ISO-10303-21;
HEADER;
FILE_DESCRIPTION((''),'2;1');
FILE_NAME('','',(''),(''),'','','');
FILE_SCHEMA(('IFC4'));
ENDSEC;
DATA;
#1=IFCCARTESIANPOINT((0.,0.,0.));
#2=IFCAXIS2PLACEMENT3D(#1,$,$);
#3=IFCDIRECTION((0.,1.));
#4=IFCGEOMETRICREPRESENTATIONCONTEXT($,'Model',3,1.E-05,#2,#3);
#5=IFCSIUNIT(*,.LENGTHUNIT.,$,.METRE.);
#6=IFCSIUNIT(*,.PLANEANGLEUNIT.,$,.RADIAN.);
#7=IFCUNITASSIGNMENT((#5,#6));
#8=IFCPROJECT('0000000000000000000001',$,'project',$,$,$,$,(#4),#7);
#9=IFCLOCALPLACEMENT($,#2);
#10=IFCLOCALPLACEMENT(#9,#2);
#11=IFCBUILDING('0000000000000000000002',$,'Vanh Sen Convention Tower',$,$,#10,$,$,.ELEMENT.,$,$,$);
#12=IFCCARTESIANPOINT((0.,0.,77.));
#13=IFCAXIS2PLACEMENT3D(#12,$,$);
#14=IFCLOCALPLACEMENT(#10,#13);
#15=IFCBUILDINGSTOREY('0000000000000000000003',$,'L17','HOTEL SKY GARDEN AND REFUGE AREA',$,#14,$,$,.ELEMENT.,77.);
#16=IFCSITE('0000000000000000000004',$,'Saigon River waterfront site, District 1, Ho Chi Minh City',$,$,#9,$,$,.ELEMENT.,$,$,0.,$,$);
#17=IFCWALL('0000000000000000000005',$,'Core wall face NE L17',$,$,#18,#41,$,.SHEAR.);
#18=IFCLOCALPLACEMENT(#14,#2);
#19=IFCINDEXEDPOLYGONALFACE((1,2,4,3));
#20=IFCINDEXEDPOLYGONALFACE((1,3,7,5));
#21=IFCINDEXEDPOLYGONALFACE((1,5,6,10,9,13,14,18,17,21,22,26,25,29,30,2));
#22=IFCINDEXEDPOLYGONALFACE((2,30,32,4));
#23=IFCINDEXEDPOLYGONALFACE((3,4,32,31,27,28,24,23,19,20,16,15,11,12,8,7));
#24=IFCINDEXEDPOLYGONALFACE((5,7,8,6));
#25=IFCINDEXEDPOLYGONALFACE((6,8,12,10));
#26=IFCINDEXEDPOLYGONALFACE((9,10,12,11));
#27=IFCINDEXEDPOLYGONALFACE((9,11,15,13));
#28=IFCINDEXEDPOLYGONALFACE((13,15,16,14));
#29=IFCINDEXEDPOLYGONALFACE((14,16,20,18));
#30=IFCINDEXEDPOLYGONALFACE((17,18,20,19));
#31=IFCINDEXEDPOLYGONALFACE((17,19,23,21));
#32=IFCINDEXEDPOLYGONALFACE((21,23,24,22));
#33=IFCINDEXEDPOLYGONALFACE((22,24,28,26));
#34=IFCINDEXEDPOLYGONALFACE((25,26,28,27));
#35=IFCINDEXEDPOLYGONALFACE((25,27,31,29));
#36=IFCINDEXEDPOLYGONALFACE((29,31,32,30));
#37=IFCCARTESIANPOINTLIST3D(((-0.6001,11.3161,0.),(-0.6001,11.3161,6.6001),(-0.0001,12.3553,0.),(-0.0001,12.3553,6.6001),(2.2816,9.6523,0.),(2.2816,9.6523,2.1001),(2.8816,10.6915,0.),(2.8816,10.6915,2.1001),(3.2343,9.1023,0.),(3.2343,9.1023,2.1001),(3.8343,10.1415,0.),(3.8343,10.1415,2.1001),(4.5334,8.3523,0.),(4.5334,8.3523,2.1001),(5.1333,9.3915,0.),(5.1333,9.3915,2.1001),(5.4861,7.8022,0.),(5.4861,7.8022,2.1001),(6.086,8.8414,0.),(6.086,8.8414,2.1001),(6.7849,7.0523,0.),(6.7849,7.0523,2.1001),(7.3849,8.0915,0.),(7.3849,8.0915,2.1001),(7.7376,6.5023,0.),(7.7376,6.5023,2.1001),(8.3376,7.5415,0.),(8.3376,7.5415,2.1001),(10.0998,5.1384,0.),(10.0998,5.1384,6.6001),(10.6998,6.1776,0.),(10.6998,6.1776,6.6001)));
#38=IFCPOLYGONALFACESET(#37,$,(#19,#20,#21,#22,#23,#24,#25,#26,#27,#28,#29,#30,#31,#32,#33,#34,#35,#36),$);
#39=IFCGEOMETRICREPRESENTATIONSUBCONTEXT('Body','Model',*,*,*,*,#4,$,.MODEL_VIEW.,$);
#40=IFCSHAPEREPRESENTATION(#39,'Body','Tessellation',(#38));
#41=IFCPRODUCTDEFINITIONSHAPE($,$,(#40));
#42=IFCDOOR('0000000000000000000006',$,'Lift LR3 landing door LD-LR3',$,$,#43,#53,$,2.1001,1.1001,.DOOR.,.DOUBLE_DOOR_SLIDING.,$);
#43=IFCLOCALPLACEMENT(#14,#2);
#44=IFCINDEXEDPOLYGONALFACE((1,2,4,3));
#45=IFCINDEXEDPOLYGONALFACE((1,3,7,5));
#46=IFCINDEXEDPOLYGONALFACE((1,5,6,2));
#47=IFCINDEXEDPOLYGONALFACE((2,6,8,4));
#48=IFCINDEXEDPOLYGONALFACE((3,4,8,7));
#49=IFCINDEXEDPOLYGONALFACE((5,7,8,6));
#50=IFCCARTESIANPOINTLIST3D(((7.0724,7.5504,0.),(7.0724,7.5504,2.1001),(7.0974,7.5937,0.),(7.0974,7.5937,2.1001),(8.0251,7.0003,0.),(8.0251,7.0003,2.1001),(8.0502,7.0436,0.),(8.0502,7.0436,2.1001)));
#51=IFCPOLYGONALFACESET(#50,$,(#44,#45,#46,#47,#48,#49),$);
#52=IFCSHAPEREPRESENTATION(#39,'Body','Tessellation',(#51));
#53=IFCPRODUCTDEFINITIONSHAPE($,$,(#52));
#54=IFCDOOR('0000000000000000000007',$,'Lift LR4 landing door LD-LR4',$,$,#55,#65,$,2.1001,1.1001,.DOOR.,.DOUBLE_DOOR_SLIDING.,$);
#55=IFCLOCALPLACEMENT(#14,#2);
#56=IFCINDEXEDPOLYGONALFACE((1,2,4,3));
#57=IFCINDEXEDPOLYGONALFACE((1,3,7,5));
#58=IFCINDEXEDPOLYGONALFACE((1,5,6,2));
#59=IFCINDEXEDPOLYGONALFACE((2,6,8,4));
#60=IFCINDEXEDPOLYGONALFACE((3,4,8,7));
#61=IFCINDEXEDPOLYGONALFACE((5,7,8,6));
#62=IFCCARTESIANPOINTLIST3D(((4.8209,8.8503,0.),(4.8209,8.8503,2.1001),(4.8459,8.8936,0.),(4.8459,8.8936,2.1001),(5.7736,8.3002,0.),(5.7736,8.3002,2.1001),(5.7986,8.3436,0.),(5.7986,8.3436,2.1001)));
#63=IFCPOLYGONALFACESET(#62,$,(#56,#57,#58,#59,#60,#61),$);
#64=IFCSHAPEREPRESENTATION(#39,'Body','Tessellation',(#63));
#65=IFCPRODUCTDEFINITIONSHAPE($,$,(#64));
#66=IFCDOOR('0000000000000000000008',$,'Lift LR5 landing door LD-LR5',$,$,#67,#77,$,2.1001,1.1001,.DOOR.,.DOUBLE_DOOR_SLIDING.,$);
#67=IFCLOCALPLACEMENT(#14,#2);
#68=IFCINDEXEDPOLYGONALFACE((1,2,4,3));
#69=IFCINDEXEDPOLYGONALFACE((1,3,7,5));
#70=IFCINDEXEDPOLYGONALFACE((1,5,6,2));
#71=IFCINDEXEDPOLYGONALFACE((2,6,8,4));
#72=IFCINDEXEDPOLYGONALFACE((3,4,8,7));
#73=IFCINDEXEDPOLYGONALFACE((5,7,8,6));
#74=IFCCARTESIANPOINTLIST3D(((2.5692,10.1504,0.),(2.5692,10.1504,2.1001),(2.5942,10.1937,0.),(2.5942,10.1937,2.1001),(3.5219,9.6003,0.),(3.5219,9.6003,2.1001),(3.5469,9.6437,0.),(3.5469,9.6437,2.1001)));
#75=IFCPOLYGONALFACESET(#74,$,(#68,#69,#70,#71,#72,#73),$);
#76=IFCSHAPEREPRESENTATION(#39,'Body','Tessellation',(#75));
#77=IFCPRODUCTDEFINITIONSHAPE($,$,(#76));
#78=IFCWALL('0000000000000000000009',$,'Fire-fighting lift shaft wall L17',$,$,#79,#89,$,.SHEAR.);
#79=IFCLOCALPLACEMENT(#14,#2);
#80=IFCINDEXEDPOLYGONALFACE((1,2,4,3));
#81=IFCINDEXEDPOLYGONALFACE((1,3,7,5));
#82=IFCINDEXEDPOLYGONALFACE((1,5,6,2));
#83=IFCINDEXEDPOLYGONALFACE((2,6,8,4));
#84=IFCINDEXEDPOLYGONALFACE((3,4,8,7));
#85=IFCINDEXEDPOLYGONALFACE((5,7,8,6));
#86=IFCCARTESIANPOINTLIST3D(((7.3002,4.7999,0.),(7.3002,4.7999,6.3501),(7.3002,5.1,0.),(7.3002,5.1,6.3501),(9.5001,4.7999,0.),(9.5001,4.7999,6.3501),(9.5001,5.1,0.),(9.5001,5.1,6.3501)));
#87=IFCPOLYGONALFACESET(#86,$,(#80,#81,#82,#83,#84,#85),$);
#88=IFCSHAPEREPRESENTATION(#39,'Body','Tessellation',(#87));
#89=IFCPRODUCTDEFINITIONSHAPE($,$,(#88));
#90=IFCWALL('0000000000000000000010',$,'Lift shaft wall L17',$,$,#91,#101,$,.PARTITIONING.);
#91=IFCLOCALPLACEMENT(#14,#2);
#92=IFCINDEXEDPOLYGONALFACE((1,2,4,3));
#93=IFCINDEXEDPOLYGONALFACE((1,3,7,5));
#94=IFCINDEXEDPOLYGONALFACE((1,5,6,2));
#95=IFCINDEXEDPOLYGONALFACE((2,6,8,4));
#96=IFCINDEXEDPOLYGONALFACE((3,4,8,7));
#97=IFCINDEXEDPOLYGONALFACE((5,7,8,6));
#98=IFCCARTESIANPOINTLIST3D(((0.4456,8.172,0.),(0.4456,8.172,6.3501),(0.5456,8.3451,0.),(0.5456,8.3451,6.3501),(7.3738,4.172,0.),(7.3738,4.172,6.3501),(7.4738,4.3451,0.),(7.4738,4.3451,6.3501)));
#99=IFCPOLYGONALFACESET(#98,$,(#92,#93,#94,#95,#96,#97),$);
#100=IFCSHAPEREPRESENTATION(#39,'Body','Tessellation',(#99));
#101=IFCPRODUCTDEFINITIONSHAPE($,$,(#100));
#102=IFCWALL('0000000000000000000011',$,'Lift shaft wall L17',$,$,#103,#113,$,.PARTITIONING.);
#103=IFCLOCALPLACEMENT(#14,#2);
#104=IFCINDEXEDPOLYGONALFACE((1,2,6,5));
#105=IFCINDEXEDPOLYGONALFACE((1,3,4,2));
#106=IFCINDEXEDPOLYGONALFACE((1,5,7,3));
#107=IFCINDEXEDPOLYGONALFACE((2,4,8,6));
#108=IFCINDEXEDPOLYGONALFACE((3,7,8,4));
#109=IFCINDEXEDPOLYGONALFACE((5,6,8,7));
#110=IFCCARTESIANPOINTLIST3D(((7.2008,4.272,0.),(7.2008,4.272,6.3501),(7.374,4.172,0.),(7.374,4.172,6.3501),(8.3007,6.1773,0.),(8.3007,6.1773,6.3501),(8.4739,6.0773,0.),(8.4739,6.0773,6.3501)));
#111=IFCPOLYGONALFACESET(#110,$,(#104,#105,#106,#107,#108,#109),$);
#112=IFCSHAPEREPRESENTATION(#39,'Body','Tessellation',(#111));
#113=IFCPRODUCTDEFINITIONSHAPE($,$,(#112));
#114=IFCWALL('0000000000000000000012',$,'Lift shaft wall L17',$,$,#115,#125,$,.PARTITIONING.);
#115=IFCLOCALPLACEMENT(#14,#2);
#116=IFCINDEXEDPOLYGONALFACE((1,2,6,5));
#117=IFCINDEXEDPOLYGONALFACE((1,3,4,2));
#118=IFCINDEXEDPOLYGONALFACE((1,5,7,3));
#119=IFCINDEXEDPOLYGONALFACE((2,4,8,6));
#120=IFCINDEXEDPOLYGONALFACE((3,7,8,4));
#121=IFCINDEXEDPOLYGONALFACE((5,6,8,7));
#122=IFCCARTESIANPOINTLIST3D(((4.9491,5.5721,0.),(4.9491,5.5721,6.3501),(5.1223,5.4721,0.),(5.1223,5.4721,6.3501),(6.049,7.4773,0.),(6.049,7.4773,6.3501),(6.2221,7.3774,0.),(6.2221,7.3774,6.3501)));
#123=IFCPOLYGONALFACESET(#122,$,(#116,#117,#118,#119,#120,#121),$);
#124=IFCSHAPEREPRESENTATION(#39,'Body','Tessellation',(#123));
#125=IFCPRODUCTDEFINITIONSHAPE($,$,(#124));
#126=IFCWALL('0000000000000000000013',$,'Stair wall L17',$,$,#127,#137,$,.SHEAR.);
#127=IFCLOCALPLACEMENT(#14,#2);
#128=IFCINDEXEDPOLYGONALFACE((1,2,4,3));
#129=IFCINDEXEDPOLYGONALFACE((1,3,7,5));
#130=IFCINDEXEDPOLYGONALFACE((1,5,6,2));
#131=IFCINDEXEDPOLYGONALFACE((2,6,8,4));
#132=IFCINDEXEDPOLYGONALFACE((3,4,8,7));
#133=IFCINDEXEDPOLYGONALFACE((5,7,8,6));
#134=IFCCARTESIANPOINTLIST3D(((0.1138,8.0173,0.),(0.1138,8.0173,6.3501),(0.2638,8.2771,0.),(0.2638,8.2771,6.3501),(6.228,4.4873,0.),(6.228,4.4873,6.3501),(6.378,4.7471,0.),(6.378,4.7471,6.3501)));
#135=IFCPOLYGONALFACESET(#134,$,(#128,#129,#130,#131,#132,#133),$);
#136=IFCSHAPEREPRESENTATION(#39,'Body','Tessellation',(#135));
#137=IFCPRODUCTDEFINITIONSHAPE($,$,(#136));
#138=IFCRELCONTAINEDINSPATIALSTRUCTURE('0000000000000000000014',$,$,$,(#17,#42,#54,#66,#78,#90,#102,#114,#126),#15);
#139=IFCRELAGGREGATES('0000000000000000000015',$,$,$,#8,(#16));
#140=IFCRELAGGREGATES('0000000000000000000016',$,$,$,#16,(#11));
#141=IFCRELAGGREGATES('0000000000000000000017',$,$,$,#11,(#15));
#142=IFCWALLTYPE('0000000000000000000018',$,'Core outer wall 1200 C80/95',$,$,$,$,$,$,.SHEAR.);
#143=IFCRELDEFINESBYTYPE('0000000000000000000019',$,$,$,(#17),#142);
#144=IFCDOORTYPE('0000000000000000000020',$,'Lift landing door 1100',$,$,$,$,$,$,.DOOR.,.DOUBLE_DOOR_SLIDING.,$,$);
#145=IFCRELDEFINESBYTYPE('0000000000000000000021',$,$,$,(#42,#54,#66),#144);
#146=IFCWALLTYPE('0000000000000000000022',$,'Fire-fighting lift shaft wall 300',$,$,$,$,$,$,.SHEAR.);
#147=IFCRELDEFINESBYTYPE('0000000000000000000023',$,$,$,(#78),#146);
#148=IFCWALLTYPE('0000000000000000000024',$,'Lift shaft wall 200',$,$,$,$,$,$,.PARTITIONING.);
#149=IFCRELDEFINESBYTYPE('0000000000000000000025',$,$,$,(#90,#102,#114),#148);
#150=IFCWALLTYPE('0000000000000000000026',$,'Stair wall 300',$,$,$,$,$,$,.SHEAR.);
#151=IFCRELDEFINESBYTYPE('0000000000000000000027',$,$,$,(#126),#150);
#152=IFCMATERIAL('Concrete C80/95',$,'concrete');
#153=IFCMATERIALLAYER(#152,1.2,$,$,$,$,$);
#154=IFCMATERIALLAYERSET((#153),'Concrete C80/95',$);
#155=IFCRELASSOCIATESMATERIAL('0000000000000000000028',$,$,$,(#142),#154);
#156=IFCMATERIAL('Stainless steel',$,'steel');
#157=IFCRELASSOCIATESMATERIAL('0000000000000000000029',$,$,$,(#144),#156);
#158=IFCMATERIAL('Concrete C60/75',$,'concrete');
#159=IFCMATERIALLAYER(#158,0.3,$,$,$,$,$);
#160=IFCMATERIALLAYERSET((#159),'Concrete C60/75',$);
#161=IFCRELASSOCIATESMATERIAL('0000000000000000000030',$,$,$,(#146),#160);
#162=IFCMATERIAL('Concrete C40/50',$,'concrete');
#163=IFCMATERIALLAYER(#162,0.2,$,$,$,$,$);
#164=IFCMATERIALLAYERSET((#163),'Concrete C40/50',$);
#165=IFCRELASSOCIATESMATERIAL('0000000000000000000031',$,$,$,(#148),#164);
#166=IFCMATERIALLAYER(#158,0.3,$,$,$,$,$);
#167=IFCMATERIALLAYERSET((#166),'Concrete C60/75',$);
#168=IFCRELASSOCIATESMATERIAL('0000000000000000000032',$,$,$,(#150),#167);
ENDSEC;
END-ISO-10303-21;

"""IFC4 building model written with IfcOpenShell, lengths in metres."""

from ifc_helpers import new_model, si_unit, direction, frame, frame_2d, origin, place, context, subcontext, project, spatial, rectangle, extrude, material, layer, layer_set, type_object, element, fill, save


model = new_model("IFC4")

# Units and contexts
model_context = context("Model", 3, precision=1e-05, world=origin(), true_north=direction((0.0, 1.0)))
body_context = subcontext(model_context, "Body", "Model", "MODEL_VIEW")
ifc_project = project(units=[si_unit("LENGTHUNIT", "METRE"), si_unit("PLANEANGLEUNIT", "RADIAN")], contexts=[model_context])

# Site, building, storey
site_placement = place(None, origin())
site = spatial("IfcSite", under=ifc_project, at=site_placement, Name="Saigon River waterfront site, District 1, Ho Chi Minh City", CompositionType="ELEMENT", RefElevation=0.0)
building_placement = place(site_placement, origin())
building = spatial("IfcBuilding", under=site, at=building_placement, Name="Vanh Sen Convention Tower", CompositionType="ELEMENT")
storey_placement = place(building_placement, frame((0.0, 0.0, 77.0)))
storey = spatial("IfcBuildingStorey", under=building, at=storey_placement, Name="L17", Description="HOTEL SKY GARDEN AND REFUGE AREA", CompositionType="ELEMENT", Elevation=77.0)

# Wall, openings, doors
ifc_material_1 = material(Name="Concrete C80/95", Category="concrete")
ifc_layer_1 = layer(ifc_material_1, 1.2)
ifc_layer_set_1 = layer_set([ifc_layer_1], Name="Concrete C80/95")
wall_type_1 = type_object("IfcWallType", Name="Core outer wall 1200 C80/95", PredefinedType="SHEAR", material=ifc_layer_set_1)
wall_1_placement = place(storey_placement, frame((10.3999, 5.658, 0.0), z_axis=(0.0, 0.0, 1.0), x_axis=(-0.866021, 0.500007, 0.0)))
wall_1 = element("IfcWall", 1, at=wall_1_placement, inside=storey, type_object=wall_type_1, Name="Core wall face NE L17", PredefinedType="SHEAR", context=body_context, shape_type="SweptSolid", body=[
    extrude(rectangle(XDim=12.3552, YDim=1.2, at=frame_2d((6.1777, 0.0))), origin(), (0.0, 0.0, 1.0), 6.6001),
])
opening_1_placement = place(wall_1_placement, frame((2.7278, 0.0, 0.0)))
opening_1 = element("IfcOpeningElement", 2, at=opening_1_placement, cuts=wall_1, PredefinedType="OPENING", context=body_context, shape_type="SweptSolid", body=[
    extrude(rectangle(XDim=1.1001, YDim=2.1001, at=frame_2d((0.55, 1.05))), frame((0.0, 0.6099, 0.0), z_axis=(0.0, -1.0, 0.0), x_axis=(1.0, 0.0, 0.0)), (0.0, 0.0, 1.0), 1.22),
])
opening_2_placement = place(wall_1_placement, frame((5.3276, 0.0, 0.0)))
opening_2 = element("IfcOpeningElement", 3, at=opening_2_placement, cuts=wall_1, PredefinedType="OPENING", context=body_context, shape_type="SweptSolid", body=[
    extrude(rectangle(XDim=1.1001, YDim=2.1001, at=frame_2d((0.55, 1.05))), frame((0.0, 0.6099, 0.0), z_axis=(0.0, -1.0, 0.0), x_axis=(1.0, 0.0, 0.0)), (0.0, 0.0, 1.0), 1.22),
])
opening_3_placement = place(wall_1_placement, frame((7.9277, 0.0, 0.0)))
opening_3 = element("IfcOpeningElement", 4, at=opening_3_placement, cuts=wall_1, PredefinedType="OPENING", context=body_context, shape_type="SweptSolid", body=[
    extrude(rectangle(XDim=1.1001, YDim=2.1001, at=frame_2d((0.55, 1.05))), frame((0.0, 0.6099, 0.0), z_axis=(0.0, -1.0, 0.0), x_axis=(1.0, 0.0, 0.0)), (0.0, 0.0, 1.0), 1.22),
])
ifc_material_2 = material(Name="Stainless steel", Category="steel")
door_type = type_object("IfcDoorType", Name="Lift landing door 1100", OperationType="DOUBLE_DOOR_SLIDING", PredefinedType="DOOR", material=ifc_material_2)
door_1_placement = place(opening_1_placement, origin())
door_1 = element("IfcDoor", 5, at=door_1_placement, inside=storey, type_object=door_type, Name="Lift LR3 landing door LD-LR3", OperationType="DOUBLE_DOOR_SLIDING", OverallHeight=2.1001, OverallWidth=1.1001, PredefinedType="DOOR", context=body_context, shape_type="SweptSolid", body=[
    extrude(rectangle(XDim=1.1001, YDim=2.1001, at=frame_2d((0.55, 1.05))), frame((0.0, 0.0249, 0.0), z_axis=(0.0, -1.0, 0.0), x_axis=(1.0, 0.0, 0.0)), (0.0, 0.0, 1.0), 0.05),
])
fill(opening_1, door_1)
door_2_placement = place(opening_2_placement, origin())
door_2 = element("IfcDoor", 6, at=door_2_placement, inside=storey, type_object=door_type, Name="Lift LR4 landing door LD-LR4", OperationType="DOUBLE_DOOR_SLIDING", OverallHeight=2.1001, OverallWidth=1.1001, PredefinedType="DOOR", context=body_context, shape_type="SweptSolid", body=[
    extrude(rectangle(XDim=1.1001, YDim=2.1001, at=frame_2d((0.55, 1.05))), frame((0.0, 0.0249, 0.0), z_axis=(0.0, -1.0, 0.0), x_axis=(1.0, 0.0, 0.0)), (0.0, 0.0, 1.0), 0.05),
])
fill(opening_2, door_2)
door_3_placement = place(opening_3_placement, origin())
door_3 = element("IfcDoor", 7, at=door_3_placement, inside=storey, type_object=door_type, Name="Lift LR5 landing door LD-LR5", OperationType="DOUBLE_DOOR_SLIDING", OverallHeight=2.1001, OverallWidth=1.1001, PredefinedType="DOOR", context=body_context, shape_type="SweptSolid", body=[
    extrude(rectangle(XDim=1.1001, YDim=2.1001, at=frame_2d((0.55, 1.05))), frame((0.0, 0.0249, 0.0), z_axis=(0.0, -1.0, 0.0), x_axis=(1.0, 0.0, 0.0)), (0.0, 0.0, 1.0), 0.05),
])
fill(opening_3, door_3)

# Walls
ifc_material_3 = material(Name="Concrete C60/75", Category="concrete")
ifc_layer_2 = layer(ifc_material_3, 0.3)
ifc_layer_set_2 = layer_set([ifc_layer_2], Name="Concrete C60/75")
wall_type_2 = type_object("IfcWallType", Name="Fire-fighting lift shaft wall 300", PredefinedType="SHEAR", material=ifc_layer_set_2)
wall_2_placement = place(storey_placement, frame((7.3, 4.95, 0.0), z_axis=(0.0, 0.0, 1.0), x_axis=(1.0, 0.0, 0.0)))
element("IfcWall", 8, at=wall_2_placement, inside=storey, type_object=wall_type_2, Name="Fire-fighting lift shaft wall L17", PredefinedType="SHEAR", context=body_context, shape_type="SweptSolid", body=[
    extrude(rectangle(XDim=2.2, YDim=0.3, at=frame_2d((1.1001, 0.0))), origin(), (0.0, 0.0, 1.0), 6.3501),
])
ifc_material_4 = material(Name="Concrete C40/50", Category="concrete")
ifc_layer_3 = layer(ifc_material_4, 0.2)
ifc_layer_set_3 = layer_set([ifc_layer_3], Name="Concrete C40/50")
wall_type_3 = type_object("IfcWallType", Name="Lift shaft wall 200", PredefinedType="PARTITIONING", material=ifc_layer_set_3)
wall_3_placement = place(storey_placement, frame((7.4238, 4.2585, 0.0), z_axis=(0.0, 0.0, 1.0), x_axis=(-0.866026, 0.499999, 0.0)))
element("IfcWall", 9, at=wall_3_placement, inside=storey, type_object=wall_type_3, Name="Lift shaft wall L17", PredefinedType="PARTITIONING", context=body_context, shape_type="SweptSolid", body=[
    extrude(rectangle(XDim=8.0, YDim=0.2, at=frame_2d((4.0, 0.0))), origin(), (0.0, 0.0, 1.0), 6.3501),
])
for number, where, z_axis, x_axis, name in (
    (10, (7.2874, 4.2219, 0.0), (0.0, 0.0, 1.0), (0.499947, 0.866056, 0.0), "Lift shaft wall L17"),
    (11, (5.0356, 5.522, 0.0), (0.0, 0.0, 1.0), (0.499947, 0.866056, 0.0), "Lift shaft wall L17"),
):
    element("IfcWall", number, at=place(storey_placement, frame(where, z_axis=z_axis, x_axis=x_axis)), inside=storey, type_object=wall_type_3, Name=name, PredefinedType="PARTITIONING", context=body_context, shape_type="SweptSolid", body=[
        extrude(rectangle(XDim=2.2, YDim=0.2, at=frame_2d((1.1001, 0.0))), origin(), (0.0, 0.0, 1.0), 6.3501),
    ])
ifc_layer_4 = layer(ifc_material_3, 0.3)
ifc_layer_set_4 = layer_set([ifc_layer_4], Name="Concrete C60/75")
wall_type_4 = type_object("IfcWallType", Name="Stair wall 300", PredefinedType="SHEAR", material=ifc_layer_set_4)
wall_4_placement = place(storey_placement, frame((6.303, 4.6172, 0.0), z_axis=(0.0, 0.0, 1.0), x_axis=(-0.866028, 0.499996, 0.0)))
element("IfcWall", 12, at=wall_4_placement, inside=storey, type_object=wall_type_4, Name="Stair wall L17", PredefinedType="SHEAR", context=body_context, shape_type="SweptSolid", body=[
    extrude(rectangle(XDim=7.0601, YDim=0.3, at=frame_2d((3.53, 0.0))), origin(), (0.0, 0.0, 1.0), 6.3501),
])

save(model, "model.ifc")
